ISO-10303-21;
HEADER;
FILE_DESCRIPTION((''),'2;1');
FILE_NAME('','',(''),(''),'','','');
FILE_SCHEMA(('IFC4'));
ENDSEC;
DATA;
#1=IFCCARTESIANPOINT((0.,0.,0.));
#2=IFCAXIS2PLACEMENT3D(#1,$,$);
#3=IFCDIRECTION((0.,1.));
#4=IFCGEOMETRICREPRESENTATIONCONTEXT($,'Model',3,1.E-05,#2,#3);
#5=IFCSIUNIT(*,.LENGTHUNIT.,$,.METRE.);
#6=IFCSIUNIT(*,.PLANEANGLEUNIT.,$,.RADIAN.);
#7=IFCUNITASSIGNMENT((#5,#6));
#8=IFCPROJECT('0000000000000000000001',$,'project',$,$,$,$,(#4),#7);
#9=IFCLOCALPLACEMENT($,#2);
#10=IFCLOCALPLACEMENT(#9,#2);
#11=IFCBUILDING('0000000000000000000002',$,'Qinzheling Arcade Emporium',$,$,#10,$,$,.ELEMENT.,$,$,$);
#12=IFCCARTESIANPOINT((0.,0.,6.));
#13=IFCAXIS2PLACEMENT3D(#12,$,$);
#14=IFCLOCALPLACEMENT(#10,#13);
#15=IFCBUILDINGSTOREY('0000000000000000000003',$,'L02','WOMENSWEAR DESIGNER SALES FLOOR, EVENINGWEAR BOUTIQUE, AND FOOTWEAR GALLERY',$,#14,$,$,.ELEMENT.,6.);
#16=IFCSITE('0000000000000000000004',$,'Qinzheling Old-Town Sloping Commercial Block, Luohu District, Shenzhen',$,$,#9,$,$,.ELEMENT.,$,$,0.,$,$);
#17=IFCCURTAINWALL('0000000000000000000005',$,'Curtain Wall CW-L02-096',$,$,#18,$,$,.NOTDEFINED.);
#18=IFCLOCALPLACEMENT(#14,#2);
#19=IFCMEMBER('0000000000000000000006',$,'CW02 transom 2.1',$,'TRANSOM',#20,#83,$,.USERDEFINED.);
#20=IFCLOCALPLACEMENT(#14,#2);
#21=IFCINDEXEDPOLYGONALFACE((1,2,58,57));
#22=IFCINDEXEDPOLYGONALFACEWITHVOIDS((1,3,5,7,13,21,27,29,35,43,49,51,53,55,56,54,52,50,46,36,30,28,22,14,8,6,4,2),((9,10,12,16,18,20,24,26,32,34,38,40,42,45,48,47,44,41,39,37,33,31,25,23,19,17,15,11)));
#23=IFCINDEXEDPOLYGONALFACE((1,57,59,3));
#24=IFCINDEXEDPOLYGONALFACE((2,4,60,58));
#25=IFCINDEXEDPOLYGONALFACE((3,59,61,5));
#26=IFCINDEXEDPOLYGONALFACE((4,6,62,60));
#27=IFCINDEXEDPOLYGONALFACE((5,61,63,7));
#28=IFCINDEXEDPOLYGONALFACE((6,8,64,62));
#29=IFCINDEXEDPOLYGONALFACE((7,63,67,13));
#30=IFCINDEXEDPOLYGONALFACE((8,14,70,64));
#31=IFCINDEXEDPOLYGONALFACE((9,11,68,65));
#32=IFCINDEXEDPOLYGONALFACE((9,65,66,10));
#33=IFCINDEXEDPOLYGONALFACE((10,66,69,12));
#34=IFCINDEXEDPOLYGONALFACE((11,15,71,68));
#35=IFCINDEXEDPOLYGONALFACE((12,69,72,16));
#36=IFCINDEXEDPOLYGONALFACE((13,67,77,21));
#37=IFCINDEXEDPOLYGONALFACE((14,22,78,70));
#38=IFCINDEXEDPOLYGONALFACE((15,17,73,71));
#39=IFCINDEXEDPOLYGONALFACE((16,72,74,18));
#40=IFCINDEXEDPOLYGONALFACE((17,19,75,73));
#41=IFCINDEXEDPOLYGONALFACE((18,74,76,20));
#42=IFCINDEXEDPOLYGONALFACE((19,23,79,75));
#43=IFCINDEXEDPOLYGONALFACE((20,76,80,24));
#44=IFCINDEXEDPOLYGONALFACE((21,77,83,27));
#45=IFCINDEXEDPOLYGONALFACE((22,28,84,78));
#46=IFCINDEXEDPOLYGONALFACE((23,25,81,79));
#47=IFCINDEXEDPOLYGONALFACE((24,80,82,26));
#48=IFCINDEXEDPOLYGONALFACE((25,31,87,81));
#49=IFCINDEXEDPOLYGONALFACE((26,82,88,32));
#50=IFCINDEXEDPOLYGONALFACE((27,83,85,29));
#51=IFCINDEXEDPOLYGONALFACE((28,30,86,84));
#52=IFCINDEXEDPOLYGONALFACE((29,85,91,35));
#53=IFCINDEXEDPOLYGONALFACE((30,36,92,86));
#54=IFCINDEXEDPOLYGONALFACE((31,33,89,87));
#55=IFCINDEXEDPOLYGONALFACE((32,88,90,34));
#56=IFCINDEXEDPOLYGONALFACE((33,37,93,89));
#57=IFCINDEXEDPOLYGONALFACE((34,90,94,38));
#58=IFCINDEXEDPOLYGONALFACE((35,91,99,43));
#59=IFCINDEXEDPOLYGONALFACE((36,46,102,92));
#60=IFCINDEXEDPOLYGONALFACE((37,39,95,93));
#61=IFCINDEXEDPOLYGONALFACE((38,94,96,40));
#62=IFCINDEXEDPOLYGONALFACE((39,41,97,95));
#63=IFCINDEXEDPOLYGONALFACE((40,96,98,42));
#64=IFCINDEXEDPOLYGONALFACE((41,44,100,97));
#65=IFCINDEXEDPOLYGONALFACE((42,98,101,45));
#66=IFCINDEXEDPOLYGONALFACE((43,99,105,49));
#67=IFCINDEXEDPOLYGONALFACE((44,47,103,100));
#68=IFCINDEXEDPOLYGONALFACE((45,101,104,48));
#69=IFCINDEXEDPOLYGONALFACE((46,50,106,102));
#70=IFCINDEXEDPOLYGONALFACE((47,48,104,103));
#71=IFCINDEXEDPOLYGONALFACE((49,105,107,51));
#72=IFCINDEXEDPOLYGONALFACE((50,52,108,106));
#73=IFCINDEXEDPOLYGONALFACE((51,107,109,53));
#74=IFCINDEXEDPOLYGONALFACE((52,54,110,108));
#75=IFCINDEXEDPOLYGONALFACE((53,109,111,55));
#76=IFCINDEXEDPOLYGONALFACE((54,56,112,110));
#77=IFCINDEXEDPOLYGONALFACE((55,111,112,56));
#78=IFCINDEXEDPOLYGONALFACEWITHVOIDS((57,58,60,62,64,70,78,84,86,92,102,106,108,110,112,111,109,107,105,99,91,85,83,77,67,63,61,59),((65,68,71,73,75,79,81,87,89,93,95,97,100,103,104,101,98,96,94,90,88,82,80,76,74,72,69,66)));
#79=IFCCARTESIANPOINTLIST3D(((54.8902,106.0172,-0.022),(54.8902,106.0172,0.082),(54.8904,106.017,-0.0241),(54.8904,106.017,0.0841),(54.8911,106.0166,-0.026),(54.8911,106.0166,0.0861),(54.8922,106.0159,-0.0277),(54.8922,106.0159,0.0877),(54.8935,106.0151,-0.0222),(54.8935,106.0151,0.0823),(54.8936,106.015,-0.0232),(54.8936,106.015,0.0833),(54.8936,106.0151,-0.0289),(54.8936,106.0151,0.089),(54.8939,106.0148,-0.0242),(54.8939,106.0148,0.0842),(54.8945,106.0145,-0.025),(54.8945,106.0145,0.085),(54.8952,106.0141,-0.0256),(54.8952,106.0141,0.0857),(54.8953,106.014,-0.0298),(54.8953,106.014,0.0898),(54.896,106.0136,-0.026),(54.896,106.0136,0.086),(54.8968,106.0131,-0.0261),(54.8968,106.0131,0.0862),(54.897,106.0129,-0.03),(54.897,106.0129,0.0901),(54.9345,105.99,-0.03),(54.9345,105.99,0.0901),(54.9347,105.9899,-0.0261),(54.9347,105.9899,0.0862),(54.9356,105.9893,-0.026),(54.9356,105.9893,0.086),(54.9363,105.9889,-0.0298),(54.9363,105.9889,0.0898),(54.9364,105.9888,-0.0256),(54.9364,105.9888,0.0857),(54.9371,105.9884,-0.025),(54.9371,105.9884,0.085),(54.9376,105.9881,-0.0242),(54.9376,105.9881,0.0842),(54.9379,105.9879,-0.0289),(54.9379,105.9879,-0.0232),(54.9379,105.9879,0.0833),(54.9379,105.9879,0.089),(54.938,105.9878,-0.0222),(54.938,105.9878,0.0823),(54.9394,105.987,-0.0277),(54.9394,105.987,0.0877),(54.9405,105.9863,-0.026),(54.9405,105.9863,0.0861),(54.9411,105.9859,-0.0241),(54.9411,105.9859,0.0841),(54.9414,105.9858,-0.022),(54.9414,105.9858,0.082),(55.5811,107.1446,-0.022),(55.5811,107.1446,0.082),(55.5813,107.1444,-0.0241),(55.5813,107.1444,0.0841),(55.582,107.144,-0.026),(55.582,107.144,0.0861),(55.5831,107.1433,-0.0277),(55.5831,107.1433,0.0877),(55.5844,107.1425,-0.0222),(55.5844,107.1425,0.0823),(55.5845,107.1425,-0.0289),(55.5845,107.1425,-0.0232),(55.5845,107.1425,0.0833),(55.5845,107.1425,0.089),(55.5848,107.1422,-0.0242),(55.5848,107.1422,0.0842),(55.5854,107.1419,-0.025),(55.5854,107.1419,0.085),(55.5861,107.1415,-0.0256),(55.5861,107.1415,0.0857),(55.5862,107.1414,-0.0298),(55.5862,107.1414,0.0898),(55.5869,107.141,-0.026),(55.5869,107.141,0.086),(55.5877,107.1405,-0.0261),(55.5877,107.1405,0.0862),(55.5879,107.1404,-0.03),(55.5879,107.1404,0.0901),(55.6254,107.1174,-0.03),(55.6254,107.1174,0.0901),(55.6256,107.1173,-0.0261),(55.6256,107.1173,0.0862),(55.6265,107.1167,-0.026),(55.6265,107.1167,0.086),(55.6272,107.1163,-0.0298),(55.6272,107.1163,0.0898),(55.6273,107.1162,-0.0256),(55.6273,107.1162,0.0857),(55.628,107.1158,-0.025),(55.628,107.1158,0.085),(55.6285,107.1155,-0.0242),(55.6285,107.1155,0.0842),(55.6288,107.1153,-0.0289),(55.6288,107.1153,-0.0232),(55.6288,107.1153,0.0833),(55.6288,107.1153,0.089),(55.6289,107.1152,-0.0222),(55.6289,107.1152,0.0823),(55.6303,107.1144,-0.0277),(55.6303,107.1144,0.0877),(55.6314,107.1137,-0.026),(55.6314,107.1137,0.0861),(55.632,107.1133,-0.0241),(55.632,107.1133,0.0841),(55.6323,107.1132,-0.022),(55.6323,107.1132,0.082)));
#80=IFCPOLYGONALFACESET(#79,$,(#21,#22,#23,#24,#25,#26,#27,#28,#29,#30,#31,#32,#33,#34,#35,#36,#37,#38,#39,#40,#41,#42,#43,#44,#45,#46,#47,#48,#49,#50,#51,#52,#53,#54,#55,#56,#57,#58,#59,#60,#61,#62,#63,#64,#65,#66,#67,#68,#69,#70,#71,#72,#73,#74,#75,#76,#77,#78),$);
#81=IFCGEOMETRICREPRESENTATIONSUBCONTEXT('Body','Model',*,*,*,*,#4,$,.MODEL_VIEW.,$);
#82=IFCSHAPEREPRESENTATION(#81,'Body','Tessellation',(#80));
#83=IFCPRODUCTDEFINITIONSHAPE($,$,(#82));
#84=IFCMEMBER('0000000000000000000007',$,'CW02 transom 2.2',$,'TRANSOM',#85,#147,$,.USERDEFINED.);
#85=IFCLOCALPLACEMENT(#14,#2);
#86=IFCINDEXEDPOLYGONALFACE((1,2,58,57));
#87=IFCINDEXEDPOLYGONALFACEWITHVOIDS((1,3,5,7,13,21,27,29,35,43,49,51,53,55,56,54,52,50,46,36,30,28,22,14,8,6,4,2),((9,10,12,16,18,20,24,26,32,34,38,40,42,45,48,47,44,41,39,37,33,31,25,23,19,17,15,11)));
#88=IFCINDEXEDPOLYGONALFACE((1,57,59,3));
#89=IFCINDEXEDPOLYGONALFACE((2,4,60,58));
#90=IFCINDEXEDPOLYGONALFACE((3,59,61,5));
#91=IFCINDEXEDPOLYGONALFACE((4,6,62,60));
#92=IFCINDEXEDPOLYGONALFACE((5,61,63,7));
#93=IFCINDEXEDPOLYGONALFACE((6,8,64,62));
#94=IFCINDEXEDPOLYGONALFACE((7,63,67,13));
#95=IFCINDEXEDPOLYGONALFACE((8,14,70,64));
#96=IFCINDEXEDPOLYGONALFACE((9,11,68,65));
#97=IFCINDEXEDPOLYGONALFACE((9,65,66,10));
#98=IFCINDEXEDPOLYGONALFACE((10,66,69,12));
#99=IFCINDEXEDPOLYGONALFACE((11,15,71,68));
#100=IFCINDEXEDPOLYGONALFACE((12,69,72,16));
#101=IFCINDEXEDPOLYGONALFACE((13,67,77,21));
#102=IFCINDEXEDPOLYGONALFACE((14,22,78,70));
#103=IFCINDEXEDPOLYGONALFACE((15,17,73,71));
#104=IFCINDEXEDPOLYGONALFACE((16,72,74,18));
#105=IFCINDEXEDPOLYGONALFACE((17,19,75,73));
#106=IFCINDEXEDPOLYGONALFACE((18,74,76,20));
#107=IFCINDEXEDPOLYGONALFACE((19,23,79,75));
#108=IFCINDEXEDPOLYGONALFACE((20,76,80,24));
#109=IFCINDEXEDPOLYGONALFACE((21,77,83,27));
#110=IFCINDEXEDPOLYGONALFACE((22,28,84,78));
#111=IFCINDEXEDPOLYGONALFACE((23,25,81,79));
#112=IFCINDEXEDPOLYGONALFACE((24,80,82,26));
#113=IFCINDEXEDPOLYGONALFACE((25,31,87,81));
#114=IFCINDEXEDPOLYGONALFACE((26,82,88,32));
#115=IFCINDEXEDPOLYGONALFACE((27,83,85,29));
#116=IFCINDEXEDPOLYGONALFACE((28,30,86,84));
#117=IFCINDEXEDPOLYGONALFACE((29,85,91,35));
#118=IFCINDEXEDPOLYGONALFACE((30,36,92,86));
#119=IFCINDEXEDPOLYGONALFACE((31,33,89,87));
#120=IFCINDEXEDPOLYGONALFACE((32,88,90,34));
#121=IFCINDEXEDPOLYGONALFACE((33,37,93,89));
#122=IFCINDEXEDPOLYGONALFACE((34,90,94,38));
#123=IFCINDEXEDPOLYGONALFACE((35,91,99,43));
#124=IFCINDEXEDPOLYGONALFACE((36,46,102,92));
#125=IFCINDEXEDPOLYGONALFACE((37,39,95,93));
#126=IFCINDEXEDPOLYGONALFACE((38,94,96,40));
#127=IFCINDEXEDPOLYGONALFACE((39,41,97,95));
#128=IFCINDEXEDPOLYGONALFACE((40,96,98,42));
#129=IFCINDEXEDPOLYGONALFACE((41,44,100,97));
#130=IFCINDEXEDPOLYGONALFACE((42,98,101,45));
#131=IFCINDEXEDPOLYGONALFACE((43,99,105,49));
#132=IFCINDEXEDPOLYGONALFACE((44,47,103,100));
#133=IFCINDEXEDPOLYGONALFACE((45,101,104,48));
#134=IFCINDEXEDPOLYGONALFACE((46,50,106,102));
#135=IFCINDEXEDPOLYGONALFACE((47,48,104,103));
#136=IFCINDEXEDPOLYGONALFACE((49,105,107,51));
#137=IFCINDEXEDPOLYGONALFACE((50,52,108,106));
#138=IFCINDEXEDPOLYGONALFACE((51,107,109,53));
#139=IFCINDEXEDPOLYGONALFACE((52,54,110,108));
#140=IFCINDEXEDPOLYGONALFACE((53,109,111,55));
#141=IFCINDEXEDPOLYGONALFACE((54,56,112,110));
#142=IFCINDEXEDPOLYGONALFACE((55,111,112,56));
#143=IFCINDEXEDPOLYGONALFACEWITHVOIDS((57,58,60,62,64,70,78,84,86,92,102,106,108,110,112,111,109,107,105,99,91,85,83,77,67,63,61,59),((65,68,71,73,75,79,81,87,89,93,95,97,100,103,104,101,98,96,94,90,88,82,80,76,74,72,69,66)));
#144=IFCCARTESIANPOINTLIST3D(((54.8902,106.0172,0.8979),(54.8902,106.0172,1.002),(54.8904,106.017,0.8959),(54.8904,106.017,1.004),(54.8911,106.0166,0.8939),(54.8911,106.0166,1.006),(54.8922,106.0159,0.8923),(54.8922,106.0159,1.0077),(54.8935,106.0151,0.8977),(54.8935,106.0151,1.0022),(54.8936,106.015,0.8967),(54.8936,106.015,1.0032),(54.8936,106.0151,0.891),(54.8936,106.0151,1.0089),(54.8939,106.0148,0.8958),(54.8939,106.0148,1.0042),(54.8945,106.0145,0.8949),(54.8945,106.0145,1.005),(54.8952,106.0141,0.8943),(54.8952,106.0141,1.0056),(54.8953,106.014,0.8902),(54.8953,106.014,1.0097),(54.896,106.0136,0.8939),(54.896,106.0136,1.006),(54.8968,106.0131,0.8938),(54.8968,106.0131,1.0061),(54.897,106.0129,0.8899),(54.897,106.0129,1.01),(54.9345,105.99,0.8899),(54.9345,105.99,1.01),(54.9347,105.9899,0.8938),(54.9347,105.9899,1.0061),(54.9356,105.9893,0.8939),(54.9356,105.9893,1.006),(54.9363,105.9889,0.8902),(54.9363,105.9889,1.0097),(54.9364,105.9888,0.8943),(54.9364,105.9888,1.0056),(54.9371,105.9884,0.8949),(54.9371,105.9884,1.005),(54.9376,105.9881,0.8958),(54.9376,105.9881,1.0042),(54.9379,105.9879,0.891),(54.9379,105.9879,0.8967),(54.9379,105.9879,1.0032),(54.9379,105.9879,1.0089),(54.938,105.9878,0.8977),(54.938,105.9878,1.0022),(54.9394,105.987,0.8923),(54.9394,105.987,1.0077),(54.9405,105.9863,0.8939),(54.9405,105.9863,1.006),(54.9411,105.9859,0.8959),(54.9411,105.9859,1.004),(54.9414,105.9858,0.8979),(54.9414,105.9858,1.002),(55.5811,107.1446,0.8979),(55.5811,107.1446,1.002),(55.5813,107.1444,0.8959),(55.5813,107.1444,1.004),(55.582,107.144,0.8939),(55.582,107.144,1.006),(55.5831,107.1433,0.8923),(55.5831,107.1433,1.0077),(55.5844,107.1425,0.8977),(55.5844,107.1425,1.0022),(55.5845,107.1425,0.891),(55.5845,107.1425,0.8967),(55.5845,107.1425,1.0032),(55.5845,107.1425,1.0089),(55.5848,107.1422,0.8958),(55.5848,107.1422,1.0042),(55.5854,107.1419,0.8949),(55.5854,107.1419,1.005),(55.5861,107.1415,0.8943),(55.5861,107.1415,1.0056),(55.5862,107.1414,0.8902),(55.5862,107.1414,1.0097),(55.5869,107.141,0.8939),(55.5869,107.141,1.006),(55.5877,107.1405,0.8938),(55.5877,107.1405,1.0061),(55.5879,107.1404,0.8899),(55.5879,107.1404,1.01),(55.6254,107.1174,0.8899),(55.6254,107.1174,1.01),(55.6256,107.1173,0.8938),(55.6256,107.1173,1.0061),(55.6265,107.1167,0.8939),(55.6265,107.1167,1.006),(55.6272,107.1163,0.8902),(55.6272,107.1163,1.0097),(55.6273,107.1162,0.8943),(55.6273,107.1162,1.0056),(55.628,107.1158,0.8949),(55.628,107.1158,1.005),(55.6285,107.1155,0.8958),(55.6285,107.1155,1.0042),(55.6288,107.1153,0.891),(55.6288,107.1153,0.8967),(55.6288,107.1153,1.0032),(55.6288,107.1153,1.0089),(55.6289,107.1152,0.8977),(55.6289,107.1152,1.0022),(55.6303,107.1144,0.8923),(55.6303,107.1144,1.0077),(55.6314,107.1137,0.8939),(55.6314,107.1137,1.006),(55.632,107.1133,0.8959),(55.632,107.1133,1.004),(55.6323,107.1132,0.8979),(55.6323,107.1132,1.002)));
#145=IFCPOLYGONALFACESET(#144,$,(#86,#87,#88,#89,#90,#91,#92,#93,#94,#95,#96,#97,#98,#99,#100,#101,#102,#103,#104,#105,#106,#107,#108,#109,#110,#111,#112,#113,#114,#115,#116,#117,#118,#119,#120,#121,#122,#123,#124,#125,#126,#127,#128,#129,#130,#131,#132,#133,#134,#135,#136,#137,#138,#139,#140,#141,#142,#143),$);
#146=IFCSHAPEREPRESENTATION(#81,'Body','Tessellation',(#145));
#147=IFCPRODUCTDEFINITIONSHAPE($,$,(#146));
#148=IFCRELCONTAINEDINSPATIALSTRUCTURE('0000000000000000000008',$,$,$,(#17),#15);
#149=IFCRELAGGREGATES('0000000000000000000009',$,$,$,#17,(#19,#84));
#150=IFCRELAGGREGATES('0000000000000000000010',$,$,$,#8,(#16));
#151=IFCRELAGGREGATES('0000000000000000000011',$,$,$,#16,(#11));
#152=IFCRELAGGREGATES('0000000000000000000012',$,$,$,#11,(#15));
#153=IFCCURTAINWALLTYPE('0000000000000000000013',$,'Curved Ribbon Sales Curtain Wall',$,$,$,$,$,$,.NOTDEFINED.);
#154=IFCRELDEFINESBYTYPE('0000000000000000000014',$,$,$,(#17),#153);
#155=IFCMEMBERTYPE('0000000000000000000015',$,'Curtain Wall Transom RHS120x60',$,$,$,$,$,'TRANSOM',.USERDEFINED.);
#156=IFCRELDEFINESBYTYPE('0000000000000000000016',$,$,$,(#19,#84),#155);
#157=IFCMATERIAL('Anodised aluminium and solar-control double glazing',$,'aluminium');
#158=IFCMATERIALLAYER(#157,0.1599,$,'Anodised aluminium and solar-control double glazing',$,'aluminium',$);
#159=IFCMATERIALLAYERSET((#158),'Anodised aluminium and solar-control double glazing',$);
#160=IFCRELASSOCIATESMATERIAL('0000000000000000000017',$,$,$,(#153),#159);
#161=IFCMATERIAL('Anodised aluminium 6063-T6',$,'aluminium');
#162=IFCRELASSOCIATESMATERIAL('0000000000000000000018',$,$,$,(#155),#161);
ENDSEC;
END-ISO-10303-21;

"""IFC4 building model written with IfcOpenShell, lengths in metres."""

from ifc_helpers import new_model, si_unit, direction, frame, origin, origin_2d, place, context, subcontext, project, spatial, hollow_rectangle, extrude, material, layer, layer_set, material_profile, profile_set, type_object, element, aggregate, save


model = new_model("IFC4")

# Units and contexts
model_context = context("Model", 3, precision=1e-05, world=origin(), true_north=direction((0.0, 1.0)))
body_context = subcontext(model_context, "Body", "Model", "MODEL_VIEW")
ifc_project = project(units=[si_unit("LENGTHUNIT", "METRE"), si_unit("PLANEANGLEUNIT", "RADIAN")], contexts=[model_context])

# Site, building, storey
site_placement = place(None, origin())
site = spatial("IfcSite", under=ifc_project, at=site_placement, Name="Qinzheling Old-Town Sloping Commercial Block, Luohu District, Shenzhen", CompositionType="ELEMENT", RefElevation=0.0)
building_placement = place(site_placement, origin())
building = spatial("IfcBuilding", under=site, at=building_placement, Name="Qinzheling Arcade Emporium", CompositionType="ELEMENT")
storey_placement = place(building_placement, frame((0.0, 0.0, 6.0)))
storey = spatial("IfcBuildingStorey", under=building, at=storey_placement, Name="L02", Description="WOMENSWEAR DESIGNER SALES FLOOR, EVENINGWEAR BOUTIQUE, AND FOOTWEAR GALLERY", CompositionType="ELEMENT", Elevation=6.0)

# Curtain wall
ifc_material_1 = material(Name="Anodised aluminium and solar-control double glazing", Category="aluminium")
ifc_layer_1 = layer(ifc_material_1, 0.1599, Name="Anodised aluminium and solar-control double glazing", Category="aluminium")
ifc_layer_set_1 = layer_set([ifc_layer_1], Name="Anodised aluminium and solar-control double glazing")
curtain_wall_type = type_object("IfcCurtainWallType", Name="Curved Ribbon Sales Curtain Wall", PredefinedType="NOTDEFINED", material=ifc_layer_set_1)
ifc_material_2 = material(Name="Anodised aluminium 6063-T6", Category="aluminium")
curtain_wall_1_placement = place(storey_placement, origin())
curtain_wall_1 = element("IfcCurtainWall", 1, at=curtain_wall_1_placement, inside=storey, type_object=curtain_wall_type, Name="Curtain Wall CW-L02-096", PredefinedType="NOTDEFINED")

# Members
ifc_material_profile_1 = material_profile(ifc_material_2, hollow_rectangle(XDim=0.0601, YDim=0.1201, WallThickness=0.0039, InnerFilletRadius=0.0039, OuterFilletRadius=0.0081, at=origin_2d()), Name="RHS 120x60x4", Category="aluminium")
ifc_profile_set_1 = profile_set([ifc_material_profile_1], Name="Anodised aluminium 6063-T6")
member_type_1 = type_object("IfcMemberType", Name="Curtain Wall Transom RHS120x60", ElementType="TRANSOM", PredefinedType="USERDEFINED", material=ifc_profile_set_1)
member_1_placement = place(storey_placement, frame((54.9158, 106.0015, 0.03), z_axis=(0.52251, 0.852633, 0.0), x_axis=(-0.852633, 0.52251, 0.0)))
member_1 = element("IfcMember", 2, at=member_1_placement, type_object=member_type_1, Name="CW02 transom 2.1", ObjectType="TRANSOM", PredefinedType="USERDEFINED", context=body_context, shape_type="SweptSolid", body=[
    extrude(hollow_rectangle(XDim=0.0601, YDim=0.1201, WallThickness=0.0039, InnerFilletRadius=0.0039, OuterFilletRadius=0.0081, at=origin_2d()), origin(), (0.0, 0.0, 1.0), 1.3223),
])
member_2_placement = place(storey_placement, frame((54.9158, 106.0015, 0.95), z_axis=(0.52251, 0.852633, 0.0), x_axis=(-0.852633, 0.52251, 0.0)))
member_2 = element("IfcMember", 3, at=member_2_placement, type_object=member_type_1, Name="CW02 transom 2.2", ObjectType="TRANSOM", PredefinedType="USERDEFINED", context=body_context, shape_type="SweptSolid", body=[
    extrude(hollow_rectangle(XDim=0.0601, YDim=0.1201, WallThickness=0.0039, InnerFilletRadius=0.0039, OuterFilletRadius=0.0081, at=origin_2d()), origin(), (0.0, 0.0, 1.0), 1.3223),
])

aggregate(curtain_wall_1, [member_1, member_2])

save(model, "model.ifc")
